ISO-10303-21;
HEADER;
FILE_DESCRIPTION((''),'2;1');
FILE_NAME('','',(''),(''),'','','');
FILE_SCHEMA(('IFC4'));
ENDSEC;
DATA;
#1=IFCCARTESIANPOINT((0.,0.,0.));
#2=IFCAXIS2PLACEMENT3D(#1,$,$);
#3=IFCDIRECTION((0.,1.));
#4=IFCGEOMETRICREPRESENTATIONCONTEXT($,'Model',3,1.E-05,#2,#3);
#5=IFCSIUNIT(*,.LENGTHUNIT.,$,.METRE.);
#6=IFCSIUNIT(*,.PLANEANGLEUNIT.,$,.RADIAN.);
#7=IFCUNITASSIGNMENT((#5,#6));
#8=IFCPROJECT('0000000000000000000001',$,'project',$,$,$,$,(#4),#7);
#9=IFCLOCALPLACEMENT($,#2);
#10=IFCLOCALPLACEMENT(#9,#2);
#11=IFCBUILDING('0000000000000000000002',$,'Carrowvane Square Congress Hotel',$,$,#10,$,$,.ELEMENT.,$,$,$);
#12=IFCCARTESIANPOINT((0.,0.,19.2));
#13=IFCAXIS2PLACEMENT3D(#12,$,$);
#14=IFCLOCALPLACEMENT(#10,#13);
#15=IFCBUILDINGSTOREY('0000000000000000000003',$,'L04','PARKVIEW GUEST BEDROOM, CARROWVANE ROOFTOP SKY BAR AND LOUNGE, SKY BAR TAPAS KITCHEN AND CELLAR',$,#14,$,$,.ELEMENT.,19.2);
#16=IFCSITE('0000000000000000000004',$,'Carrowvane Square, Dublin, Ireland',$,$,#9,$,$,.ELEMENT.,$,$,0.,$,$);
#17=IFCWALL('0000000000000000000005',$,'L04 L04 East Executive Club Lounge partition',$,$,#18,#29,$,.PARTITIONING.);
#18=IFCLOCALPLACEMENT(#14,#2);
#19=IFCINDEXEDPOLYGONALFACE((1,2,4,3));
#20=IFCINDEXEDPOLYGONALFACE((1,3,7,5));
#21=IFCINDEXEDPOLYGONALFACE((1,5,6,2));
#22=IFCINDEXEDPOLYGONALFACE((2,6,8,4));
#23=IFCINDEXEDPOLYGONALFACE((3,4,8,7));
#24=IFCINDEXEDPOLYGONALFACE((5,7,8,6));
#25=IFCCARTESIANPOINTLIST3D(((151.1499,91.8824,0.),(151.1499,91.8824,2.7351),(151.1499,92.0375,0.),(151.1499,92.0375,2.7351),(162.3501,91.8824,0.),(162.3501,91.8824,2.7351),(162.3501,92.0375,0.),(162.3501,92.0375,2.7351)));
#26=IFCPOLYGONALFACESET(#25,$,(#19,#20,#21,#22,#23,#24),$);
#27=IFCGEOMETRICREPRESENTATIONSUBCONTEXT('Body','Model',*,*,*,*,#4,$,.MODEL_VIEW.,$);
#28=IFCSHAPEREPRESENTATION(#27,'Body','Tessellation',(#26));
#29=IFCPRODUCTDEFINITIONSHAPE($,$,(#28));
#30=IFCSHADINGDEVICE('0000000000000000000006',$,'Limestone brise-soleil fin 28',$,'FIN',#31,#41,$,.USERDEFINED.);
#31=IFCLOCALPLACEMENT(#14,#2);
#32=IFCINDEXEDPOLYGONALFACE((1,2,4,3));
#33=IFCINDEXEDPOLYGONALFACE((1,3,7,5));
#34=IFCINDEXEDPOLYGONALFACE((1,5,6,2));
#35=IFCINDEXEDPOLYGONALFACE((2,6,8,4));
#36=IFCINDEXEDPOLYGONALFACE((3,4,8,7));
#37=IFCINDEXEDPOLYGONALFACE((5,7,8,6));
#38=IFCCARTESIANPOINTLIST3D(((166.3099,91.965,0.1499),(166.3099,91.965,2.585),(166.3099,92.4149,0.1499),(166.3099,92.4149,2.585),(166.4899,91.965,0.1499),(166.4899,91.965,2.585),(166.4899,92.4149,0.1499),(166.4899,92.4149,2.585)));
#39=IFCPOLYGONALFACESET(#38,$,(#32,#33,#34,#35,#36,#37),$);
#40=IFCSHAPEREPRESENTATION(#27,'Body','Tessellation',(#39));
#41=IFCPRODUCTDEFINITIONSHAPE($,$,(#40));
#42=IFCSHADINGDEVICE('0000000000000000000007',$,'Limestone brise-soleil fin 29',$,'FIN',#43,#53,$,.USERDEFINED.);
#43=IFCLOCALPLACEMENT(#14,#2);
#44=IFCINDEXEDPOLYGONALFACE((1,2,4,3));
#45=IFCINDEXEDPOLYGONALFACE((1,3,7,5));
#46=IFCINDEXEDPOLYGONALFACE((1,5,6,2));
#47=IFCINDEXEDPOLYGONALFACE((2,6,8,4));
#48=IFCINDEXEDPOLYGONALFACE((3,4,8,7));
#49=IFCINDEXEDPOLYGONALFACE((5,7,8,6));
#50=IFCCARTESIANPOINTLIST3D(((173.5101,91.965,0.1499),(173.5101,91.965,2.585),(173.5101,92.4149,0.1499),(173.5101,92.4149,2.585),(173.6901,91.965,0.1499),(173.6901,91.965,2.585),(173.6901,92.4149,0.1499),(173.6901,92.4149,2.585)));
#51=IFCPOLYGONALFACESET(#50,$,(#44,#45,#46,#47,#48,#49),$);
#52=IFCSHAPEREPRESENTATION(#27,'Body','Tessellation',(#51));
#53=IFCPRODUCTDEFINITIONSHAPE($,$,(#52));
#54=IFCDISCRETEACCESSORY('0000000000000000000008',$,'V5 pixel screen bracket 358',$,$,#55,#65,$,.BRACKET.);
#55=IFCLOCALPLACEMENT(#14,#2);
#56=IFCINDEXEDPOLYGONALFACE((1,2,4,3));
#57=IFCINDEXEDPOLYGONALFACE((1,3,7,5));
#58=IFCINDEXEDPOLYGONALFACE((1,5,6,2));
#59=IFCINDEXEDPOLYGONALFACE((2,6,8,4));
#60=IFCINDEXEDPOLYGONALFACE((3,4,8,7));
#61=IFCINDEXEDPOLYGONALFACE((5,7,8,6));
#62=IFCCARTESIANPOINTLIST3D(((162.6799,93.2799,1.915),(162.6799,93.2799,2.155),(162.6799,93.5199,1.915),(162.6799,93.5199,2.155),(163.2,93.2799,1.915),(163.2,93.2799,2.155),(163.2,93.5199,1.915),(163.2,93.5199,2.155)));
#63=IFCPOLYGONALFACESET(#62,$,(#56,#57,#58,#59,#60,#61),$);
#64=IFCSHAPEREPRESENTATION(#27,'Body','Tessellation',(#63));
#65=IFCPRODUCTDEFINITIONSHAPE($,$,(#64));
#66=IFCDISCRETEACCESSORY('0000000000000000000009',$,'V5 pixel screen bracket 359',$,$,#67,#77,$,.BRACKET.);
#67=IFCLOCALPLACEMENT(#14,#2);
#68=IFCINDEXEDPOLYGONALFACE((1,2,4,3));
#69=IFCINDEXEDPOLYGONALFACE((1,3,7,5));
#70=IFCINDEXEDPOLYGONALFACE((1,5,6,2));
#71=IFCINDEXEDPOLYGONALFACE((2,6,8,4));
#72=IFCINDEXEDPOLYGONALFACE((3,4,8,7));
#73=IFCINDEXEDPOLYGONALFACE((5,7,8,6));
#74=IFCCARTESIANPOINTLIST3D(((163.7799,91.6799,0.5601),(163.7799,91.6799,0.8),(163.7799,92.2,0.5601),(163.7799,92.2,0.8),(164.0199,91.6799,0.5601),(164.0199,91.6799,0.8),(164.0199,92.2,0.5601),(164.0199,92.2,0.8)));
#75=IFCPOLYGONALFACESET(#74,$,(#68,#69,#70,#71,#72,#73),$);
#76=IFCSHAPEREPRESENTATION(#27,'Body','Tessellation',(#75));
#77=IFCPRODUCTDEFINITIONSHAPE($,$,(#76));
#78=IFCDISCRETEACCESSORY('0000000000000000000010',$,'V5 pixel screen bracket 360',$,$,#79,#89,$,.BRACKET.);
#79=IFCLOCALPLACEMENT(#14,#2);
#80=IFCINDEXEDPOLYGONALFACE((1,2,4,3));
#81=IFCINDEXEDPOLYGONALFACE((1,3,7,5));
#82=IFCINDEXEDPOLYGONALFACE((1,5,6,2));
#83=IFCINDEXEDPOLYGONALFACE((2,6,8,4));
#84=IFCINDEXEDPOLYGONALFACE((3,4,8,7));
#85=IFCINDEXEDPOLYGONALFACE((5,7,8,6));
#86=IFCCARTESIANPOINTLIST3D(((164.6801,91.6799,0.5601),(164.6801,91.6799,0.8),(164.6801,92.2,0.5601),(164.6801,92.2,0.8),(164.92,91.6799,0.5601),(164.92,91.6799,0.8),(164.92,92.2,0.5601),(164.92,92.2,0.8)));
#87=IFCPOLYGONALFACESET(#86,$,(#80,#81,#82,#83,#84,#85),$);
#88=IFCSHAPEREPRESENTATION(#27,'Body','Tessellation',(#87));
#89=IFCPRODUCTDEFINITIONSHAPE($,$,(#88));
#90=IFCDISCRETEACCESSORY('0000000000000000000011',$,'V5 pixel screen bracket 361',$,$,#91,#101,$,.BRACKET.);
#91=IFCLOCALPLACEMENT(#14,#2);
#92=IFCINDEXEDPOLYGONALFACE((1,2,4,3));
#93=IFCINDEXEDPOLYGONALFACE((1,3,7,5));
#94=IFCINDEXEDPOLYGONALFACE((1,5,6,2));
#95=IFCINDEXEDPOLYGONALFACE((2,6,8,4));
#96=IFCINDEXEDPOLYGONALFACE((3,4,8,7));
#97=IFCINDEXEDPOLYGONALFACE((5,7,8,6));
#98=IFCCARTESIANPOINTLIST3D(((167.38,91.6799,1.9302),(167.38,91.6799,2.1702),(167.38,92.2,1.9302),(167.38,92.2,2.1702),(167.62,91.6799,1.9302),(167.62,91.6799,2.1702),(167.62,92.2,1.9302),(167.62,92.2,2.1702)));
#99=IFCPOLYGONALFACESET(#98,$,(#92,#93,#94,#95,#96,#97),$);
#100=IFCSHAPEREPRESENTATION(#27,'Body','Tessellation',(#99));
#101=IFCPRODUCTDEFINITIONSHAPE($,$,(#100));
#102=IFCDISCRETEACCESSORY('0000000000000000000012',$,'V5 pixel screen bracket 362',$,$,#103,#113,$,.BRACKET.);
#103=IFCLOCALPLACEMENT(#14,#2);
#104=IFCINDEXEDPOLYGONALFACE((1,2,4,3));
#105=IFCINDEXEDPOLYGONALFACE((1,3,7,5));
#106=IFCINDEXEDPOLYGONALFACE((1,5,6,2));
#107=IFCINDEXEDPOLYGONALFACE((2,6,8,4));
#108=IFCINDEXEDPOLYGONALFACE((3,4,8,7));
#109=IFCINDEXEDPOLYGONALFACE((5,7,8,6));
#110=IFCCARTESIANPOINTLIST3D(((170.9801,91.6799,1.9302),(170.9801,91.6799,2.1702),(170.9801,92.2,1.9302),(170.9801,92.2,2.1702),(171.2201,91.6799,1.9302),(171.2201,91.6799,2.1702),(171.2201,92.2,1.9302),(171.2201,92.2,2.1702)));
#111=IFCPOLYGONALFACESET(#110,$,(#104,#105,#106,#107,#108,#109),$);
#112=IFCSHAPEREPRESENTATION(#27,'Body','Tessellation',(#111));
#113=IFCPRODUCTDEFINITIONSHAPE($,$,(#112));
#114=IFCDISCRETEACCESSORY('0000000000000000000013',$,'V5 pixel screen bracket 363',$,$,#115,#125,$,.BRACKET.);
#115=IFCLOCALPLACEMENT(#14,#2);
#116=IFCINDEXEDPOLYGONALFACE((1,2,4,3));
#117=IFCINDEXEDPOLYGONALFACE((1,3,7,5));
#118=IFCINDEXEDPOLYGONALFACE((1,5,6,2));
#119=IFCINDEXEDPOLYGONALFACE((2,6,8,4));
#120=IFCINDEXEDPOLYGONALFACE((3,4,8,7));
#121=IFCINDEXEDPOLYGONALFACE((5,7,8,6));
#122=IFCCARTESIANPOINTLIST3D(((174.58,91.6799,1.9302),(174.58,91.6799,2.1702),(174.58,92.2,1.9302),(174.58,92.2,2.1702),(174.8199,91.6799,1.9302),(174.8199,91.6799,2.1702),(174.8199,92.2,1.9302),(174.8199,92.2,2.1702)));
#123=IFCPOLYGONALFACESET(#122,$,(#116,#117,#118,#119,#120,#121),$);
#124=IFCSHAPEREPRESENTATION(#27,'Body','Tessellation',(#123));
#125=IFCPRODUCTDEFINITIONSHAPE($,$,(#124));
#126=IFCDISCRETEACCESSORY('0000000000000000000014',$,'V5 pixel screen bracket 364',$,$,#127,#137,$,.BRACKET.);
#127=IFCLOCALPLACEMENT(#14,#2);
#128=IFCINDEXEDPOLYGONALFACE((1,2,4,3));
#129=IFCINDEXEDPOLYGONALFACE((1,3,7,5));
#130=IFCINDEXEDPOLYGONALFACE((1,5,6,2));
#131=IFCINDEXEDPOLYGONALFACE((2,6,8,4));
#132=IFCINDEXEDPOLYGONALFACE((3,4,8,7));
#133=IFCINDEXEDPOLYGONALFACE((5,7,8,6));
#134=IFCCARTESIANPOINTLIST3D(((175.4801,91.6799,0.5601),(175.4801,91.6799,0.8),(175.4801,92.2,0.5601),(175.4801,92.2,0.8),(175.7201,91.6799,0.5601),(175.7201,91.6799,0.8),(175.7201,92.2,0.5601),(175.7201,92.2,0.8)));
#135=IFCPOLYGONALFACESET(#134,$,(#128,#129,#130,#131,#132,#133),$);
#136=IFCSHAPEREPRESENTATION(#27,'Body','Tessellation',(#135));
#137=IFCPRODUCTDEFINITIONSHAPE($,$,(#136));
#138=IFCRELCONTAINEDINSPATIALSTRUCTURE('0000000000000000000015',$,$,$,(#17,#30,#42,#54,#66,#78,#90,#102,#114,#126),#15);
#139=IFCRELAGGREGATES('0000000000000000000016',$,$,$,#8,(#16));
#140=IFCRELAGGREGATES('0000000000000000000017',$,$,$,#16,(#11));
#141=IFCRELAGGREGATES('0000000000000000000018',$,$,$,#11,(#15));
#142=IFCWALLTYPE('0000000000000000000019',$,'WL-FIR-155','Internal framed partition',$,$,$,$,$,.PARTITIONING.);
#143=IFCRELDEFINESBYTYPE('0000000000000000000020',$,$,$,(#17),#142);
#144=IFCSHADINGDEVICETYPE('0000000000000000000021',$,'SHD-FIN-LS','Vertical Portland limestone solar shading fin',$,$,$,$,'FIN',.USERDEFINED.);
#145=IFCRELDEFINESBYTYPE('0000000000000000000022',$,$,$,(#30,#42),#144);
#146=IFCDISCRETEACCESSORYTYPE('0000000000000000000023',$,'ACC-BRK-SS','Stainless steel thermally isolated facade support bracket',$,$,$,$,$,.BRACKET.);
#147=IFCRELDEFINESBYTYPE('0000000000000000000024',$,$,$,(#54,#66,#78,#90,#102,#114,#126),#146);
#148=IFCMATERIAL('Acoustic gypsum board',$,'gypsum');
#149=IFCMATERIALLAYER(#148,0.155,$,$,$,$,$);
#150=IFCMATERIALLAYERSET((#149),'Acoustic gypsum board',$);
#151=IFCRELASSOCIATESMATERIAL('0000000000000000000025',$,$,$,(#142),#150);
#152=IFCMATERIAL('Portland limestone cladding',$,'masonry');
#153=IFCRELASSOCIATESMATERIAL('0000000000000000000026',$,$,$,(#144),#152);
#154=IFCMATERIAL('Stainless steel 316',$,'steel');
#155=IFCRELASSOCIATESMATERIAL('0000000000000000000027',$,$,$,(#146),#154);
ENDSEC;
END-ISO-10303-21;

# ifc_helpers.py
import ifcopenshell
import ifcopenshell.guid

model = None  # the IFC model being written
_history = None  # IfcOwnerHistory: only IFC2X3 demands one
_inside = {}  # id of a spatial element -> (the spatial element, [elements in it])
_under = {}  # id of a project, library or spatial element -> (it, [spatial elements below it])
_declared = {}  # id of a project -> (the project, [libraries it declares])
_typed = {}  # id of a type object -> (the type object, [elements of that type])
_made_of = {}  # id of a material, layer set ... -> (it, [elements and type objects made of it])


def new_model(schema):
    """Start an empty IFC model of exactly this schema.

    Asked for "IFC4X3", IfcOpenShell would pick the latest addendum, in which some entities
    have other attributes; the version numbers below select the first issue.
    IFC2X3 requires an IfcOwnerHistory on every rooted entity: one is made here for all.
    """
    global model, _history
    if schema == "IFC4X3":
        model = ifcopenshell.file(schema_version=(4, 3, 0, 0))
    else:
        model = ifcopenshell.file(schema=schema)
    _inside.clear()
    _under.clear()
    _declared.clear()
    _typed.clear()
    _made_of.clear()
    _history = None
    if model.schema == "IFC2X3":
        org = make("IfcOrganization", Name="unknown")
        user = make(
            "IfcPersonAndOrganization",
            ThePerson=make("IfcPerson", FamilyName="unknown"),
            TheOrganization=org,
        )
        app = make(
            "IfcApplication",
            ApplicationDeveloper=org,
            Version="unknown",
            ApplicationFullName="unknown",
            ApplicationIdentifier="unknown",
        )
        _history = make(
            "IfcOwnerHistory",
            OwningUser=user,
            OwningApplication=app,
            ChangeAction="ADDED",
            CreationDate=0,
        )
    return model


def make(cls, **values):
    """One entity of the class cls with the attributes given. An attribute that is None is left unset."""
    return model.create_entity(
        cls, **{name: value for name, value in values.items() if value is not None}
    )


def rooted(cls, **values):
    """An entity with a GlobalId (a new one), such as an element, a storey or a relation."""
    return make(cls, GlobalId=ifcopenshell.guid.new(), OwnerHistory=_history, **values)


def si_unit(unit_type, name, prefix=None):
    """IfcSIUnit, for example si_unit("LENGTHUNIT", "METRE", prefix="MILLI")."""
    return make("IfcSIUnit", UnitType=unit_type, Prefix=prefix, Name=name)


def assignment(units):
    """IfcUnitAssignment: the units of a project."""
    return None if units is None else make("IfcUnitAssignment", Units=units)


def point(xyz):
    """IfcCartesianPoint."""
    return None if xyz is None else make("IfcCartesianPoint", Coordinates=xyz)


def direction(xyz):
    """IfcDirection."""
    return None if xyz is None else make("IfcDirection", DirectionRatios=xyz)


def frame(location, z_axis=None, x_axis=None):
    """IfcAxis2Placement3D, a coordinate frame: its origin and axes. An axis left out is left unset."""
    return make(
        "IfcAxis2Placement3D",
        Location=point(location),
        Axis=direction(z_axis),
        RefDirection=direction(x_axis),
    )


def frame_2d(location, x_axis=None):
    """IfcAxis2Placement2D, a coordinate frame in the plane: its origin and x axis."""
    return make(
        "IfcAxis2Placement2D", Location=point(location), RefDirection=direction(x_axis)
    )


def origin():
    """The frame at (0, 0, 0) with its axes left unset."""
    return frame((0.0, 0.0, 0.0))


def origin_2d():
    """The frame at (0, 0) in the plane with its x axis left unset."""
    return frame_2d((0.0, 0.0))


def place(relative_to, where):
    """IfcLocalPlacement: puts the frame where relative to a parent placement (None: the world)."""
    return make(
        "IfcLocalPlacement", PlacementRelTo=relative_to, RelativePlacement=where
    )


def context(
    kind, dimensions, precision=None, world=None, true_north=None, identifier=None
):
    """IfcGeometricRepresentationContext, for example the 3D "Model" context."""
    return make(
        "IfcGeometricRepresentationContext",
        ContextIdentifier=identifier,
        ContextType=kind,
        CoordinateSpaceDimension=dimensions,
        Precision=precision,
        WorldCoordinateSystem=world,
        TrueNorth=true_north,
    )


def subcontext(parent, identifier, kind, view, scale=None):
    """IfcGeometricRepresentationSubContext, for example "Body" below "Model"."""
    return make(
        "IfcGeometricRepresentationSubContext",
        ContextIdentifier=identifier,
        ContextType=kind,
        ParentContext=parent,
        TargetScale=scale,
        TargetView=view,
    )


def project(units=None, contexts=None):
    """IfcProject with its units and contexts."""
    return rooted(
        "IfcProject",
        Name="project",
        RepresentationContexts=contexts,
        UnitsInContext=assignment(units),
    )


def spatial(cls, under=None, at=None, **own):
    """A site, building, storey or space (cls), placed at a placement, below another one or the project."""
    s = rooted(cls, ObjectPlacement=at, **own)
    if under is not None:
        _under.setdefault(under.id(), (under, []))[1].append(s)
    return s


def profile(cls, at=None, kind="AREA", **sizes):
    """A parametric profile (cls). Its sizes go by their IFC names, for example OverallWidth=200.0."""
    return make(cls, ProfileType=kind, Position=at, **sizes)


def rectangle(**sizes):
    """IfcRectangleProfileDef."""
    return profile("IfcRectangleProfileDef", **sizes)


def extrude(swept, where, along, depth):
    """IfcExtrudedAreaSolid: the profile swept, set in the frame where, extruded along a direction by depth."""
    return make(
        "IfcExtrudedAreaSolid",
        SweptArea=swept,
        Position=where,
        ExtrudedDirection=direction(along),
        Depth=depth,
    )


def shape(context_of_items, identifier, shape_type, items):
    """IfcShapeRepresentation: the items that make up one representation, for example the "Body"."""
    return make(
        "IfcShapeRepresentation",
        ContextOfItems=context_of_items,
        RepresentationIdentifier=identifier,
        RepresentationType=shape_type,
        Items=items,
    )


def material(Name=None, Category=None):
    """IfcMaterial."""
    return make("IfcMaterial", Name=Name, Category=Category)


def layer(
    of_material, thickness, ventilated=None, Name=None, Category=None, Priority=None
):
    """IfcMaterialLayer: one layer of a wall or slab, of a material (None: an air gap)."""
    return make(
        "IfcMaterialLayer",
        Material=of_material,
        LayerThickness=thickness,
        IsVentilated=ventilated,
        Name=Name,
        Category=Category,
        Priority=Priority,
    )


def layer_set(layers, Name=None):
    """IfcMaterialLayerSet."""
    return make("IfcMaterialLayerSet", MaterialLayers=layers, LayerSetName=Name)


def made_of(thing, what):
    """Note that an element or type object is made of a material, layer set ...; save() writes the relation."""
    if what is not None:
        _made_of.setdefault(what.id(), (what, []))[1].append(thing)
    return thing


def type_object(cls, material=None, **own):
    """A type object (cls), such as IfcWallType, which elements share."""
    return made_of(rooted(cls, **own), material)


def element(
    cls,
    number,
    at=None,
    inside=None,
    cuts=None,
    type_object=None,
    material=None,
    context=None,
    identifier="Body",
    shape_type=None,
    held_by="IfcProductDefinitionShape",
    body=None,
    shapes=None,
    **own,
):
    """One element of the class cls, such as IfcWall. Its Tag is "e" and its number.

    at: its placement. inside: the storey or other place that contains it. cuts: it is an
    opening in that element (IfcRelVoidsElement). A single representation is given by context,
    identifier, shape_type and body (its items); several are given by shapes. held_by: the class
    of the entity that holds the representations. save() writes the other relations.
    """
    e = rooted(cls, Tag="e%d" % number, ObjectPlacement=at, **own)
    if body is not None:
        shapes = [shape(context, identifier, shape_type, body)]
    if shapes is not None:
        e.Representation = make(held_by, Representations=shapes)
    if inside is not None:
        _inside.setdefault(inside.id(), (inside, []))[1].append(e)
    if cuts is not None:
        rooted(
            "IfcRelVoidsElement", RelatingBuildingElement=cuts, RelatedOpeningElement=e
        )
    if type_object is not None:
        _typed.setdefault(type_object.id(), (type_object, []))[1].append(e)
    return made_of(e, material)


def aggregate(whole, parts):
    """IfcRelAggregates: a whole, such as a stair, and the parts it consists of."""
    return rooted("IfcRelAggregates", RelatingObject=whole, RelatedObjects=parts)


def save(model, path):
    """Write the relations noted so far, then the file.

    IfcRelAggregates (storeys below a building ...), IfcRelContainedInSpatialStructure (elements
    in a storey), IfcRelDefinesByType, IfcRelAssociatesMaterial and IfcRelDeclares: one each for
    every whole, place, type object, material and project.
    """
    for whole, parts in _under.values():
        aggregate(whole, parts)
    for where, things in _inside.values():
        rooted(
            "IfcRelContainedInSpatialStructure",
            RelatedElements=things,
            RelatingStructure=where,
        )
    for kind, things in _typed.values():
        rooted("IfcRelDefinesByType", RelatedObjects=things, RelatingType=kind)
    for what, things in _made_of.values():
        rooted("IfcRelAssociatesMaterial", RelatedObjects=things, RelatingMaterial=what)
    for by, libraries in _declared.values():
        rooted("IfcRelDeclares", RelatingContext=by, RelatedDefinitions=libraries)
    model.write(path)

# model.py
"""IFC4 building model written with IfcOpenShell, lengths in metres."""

from ifc_helpers import new_model, si_unit, direction, frame, frame_2d, origin, origin_2d, place, context, subcontext, project, spatial, rectangle, extrude, material, layer, layer_set, type_object, element, save


model = new_model("IFC4")

# Units and contexts
model_context = context("Model", 3, precision=1e-05, world=origin(), true_north=direction((0.0, 1.0)))
body_context = subcontext(model_context, "Body", "Model", "MODEL_VIEW")
ifc_project = project(units=[si_unit("LENGTHUNIT", "METRE"), si_unit("PLANEANGLEUNIT", "RADIAN")], contexts=[model_context])

# Site, building, storey
site_placement = place(None, origin())
site = spatial("IfcSite", under=ifc_project, at=site_placement, Name="Carrowvane Square, Dublin, Ireland", CompositionType="ELEMENT", RefElevation=0.0)
building_placement = place(site_placement, origin())
building = spatial("IfcBuilding", under=site, at=building_placement, Name="Carrowvane Square Congress Hotel", CompositionType="ELEMENT")
storey_placement = place(building_placement, frame((0.0, 0.0, 19.2)))
storey = spatial("IfcBuildingStorey", under=building, at=storey_placement, Name="L04", Description="PARKVIEW GUEST BEDROOM, CARROWVANE ROOFTOP SKY BAR AND LOUNGE, SKY BAR TAPAS KITCHEN AND CELLAR", CompositionType="ELEMENT", Elevation=19.2)

# Wall
ifc_material_1 = material(Name="Acoustic gypsum board", Category="gypsum")
ifc_layer_1 = layer(ifc_material_1, 0.155)
ifc_layer_set_1 = layer_set([ifc_layer_1], Name="Acoustic gypsum board")
wall_type_1 = type_object("IfcWallType", Name="WL-FIR-155", Description="Internal framed partition", PredefinedType="PARTITIONING", material=ifc_layer_set_1)
wall_1_placement = place(storey_placement, frame((162.3501, 91.96, 0.0), z_axis=(0.0, 0.0, 1.0), x_axis=(-1.0, 0.0, 0.0)))
element("IfcWall", 1, at=wall_1_placement, inside=storey, type_object=wall_type_1, Name="L04 L04 East Executive Club Lounge partition", PredefinedType="PARTITIONING", context=body_context, shape_type="SweptSolid", body=[
    extrude(rectangle(XDim=11.2002, YDim=0.155, at=frame_2d((5.6001, 0.0))), origin(), (0.0, 0.0, 1.0), 2.7351),
])

# Shading devices
ifc_material_2 = material(Name="Portland limestone cladding", Category="masonry")
shading_device_type = type_object("IfcShadingDeviceType", Name="SHD-FIN-LS", Description="Vertical Portland limestone solar shading fin", ElementType="FIN", PredefinedType="USERDEFINED", material=ifc_material_2)
for number, where, z_axis, x_axis, name in (
    (2, (166.3999, 92.1899, 0.1499), (0.0, 0.0, 1.0), (1.0, 0.0, 0.0), "Limestone brise-soleil fin 28"),
    (3, (173.6001, 92.1899, 0.1499), (0.0, 0.0, 1.0), (1.0, 0.0, 0.0), "Limestone brise-soleil fin 29"),
):
    element("IfcShadingDevice", number, at=place(storey_placement, frame(where, z_axis=z_axis, x_axis=x_axis)), inside=storey, type_object=shading_device_type, Name=name, ObjectType="FIN", PredefinedType="USERDEFINED", context=body_context, shape_type="SweptSolid", body=[
        extrude(rectangle(XDim=0.1799, YDim=0.45, at=origin_2d()), origin(), (0.0, 0.0, 1.0), 2.4351),
    ])

# Discrete accessories
ifc_material_3 = material(Name="Stainless steel 316", Category="steel")
discrete_accessory_type = type_object("IfcDiscreteAccessoryType", Name="ACC-BRK-SS", Description="Stainless steel thermally isolated facade support bracket", PredefinedType="BRACKET", material=ifc_material_3)
for number, where, z_axis, x_axis, name in (
    (4, (162.9399, 93.3999, 1.915), (0.0, 0.0, 1.0), (0.0, -1.0, 0.0), "V5 pixel screen bracket 358"),
    (5, (163.8999, 91.9399, 0.5601), (0.0, 0.0, 1.0), (1.0, 0.0, 0.0), "V5 pixel screen bracket 359"),
    (6, (164.8, 91.9399, 0.5601), (0.0, 0.0, 1.0), (1.0, 0.0, 0.0), "V5 pixel screen bracket 360"),
    (7, (167.5, 91.9399, 1.9302), (0.0, 0.0, 1.0), (1.0, 0.0, 0.0), "V5 pixel screen bracket 361"),
    (8, (171.1001, 91.9399, 1.9302), (0.0, 0.0, 1.0), (1.0, 0.0, 0.0), "V5 pixel screen bracket 362"),
    (9, (174.7, 91.9399, 1.9302), (0.0, 0.0, 1.0), (1.0, 0.0, 0.0), "V5 pixel screen bracket 363"),
    (10, (175.6001, 91.9399, 0.5601), (0.0, 0.0, 1.0), (1.0, 0.0, 0.0), "V5 pixel screen bracket 364"),
):
    element("IfcDiscreteAccessory", number, at=place(storey_placement, frame(where, z_axis=z_axis, x_axis=x_axis)), inside=storey, type_object=discrete_accessory_type, Name=name, PredefinedType="BRACKET", context=body_context, shape_type="SweptSolid", body=[
        extrude(rectangle(XDim=0.24, YDim=0.52, at=origin_2d()), origin(), (0.0, 0.0, 1.0), 0.24),
    ])

save(model, "model.ifc")
